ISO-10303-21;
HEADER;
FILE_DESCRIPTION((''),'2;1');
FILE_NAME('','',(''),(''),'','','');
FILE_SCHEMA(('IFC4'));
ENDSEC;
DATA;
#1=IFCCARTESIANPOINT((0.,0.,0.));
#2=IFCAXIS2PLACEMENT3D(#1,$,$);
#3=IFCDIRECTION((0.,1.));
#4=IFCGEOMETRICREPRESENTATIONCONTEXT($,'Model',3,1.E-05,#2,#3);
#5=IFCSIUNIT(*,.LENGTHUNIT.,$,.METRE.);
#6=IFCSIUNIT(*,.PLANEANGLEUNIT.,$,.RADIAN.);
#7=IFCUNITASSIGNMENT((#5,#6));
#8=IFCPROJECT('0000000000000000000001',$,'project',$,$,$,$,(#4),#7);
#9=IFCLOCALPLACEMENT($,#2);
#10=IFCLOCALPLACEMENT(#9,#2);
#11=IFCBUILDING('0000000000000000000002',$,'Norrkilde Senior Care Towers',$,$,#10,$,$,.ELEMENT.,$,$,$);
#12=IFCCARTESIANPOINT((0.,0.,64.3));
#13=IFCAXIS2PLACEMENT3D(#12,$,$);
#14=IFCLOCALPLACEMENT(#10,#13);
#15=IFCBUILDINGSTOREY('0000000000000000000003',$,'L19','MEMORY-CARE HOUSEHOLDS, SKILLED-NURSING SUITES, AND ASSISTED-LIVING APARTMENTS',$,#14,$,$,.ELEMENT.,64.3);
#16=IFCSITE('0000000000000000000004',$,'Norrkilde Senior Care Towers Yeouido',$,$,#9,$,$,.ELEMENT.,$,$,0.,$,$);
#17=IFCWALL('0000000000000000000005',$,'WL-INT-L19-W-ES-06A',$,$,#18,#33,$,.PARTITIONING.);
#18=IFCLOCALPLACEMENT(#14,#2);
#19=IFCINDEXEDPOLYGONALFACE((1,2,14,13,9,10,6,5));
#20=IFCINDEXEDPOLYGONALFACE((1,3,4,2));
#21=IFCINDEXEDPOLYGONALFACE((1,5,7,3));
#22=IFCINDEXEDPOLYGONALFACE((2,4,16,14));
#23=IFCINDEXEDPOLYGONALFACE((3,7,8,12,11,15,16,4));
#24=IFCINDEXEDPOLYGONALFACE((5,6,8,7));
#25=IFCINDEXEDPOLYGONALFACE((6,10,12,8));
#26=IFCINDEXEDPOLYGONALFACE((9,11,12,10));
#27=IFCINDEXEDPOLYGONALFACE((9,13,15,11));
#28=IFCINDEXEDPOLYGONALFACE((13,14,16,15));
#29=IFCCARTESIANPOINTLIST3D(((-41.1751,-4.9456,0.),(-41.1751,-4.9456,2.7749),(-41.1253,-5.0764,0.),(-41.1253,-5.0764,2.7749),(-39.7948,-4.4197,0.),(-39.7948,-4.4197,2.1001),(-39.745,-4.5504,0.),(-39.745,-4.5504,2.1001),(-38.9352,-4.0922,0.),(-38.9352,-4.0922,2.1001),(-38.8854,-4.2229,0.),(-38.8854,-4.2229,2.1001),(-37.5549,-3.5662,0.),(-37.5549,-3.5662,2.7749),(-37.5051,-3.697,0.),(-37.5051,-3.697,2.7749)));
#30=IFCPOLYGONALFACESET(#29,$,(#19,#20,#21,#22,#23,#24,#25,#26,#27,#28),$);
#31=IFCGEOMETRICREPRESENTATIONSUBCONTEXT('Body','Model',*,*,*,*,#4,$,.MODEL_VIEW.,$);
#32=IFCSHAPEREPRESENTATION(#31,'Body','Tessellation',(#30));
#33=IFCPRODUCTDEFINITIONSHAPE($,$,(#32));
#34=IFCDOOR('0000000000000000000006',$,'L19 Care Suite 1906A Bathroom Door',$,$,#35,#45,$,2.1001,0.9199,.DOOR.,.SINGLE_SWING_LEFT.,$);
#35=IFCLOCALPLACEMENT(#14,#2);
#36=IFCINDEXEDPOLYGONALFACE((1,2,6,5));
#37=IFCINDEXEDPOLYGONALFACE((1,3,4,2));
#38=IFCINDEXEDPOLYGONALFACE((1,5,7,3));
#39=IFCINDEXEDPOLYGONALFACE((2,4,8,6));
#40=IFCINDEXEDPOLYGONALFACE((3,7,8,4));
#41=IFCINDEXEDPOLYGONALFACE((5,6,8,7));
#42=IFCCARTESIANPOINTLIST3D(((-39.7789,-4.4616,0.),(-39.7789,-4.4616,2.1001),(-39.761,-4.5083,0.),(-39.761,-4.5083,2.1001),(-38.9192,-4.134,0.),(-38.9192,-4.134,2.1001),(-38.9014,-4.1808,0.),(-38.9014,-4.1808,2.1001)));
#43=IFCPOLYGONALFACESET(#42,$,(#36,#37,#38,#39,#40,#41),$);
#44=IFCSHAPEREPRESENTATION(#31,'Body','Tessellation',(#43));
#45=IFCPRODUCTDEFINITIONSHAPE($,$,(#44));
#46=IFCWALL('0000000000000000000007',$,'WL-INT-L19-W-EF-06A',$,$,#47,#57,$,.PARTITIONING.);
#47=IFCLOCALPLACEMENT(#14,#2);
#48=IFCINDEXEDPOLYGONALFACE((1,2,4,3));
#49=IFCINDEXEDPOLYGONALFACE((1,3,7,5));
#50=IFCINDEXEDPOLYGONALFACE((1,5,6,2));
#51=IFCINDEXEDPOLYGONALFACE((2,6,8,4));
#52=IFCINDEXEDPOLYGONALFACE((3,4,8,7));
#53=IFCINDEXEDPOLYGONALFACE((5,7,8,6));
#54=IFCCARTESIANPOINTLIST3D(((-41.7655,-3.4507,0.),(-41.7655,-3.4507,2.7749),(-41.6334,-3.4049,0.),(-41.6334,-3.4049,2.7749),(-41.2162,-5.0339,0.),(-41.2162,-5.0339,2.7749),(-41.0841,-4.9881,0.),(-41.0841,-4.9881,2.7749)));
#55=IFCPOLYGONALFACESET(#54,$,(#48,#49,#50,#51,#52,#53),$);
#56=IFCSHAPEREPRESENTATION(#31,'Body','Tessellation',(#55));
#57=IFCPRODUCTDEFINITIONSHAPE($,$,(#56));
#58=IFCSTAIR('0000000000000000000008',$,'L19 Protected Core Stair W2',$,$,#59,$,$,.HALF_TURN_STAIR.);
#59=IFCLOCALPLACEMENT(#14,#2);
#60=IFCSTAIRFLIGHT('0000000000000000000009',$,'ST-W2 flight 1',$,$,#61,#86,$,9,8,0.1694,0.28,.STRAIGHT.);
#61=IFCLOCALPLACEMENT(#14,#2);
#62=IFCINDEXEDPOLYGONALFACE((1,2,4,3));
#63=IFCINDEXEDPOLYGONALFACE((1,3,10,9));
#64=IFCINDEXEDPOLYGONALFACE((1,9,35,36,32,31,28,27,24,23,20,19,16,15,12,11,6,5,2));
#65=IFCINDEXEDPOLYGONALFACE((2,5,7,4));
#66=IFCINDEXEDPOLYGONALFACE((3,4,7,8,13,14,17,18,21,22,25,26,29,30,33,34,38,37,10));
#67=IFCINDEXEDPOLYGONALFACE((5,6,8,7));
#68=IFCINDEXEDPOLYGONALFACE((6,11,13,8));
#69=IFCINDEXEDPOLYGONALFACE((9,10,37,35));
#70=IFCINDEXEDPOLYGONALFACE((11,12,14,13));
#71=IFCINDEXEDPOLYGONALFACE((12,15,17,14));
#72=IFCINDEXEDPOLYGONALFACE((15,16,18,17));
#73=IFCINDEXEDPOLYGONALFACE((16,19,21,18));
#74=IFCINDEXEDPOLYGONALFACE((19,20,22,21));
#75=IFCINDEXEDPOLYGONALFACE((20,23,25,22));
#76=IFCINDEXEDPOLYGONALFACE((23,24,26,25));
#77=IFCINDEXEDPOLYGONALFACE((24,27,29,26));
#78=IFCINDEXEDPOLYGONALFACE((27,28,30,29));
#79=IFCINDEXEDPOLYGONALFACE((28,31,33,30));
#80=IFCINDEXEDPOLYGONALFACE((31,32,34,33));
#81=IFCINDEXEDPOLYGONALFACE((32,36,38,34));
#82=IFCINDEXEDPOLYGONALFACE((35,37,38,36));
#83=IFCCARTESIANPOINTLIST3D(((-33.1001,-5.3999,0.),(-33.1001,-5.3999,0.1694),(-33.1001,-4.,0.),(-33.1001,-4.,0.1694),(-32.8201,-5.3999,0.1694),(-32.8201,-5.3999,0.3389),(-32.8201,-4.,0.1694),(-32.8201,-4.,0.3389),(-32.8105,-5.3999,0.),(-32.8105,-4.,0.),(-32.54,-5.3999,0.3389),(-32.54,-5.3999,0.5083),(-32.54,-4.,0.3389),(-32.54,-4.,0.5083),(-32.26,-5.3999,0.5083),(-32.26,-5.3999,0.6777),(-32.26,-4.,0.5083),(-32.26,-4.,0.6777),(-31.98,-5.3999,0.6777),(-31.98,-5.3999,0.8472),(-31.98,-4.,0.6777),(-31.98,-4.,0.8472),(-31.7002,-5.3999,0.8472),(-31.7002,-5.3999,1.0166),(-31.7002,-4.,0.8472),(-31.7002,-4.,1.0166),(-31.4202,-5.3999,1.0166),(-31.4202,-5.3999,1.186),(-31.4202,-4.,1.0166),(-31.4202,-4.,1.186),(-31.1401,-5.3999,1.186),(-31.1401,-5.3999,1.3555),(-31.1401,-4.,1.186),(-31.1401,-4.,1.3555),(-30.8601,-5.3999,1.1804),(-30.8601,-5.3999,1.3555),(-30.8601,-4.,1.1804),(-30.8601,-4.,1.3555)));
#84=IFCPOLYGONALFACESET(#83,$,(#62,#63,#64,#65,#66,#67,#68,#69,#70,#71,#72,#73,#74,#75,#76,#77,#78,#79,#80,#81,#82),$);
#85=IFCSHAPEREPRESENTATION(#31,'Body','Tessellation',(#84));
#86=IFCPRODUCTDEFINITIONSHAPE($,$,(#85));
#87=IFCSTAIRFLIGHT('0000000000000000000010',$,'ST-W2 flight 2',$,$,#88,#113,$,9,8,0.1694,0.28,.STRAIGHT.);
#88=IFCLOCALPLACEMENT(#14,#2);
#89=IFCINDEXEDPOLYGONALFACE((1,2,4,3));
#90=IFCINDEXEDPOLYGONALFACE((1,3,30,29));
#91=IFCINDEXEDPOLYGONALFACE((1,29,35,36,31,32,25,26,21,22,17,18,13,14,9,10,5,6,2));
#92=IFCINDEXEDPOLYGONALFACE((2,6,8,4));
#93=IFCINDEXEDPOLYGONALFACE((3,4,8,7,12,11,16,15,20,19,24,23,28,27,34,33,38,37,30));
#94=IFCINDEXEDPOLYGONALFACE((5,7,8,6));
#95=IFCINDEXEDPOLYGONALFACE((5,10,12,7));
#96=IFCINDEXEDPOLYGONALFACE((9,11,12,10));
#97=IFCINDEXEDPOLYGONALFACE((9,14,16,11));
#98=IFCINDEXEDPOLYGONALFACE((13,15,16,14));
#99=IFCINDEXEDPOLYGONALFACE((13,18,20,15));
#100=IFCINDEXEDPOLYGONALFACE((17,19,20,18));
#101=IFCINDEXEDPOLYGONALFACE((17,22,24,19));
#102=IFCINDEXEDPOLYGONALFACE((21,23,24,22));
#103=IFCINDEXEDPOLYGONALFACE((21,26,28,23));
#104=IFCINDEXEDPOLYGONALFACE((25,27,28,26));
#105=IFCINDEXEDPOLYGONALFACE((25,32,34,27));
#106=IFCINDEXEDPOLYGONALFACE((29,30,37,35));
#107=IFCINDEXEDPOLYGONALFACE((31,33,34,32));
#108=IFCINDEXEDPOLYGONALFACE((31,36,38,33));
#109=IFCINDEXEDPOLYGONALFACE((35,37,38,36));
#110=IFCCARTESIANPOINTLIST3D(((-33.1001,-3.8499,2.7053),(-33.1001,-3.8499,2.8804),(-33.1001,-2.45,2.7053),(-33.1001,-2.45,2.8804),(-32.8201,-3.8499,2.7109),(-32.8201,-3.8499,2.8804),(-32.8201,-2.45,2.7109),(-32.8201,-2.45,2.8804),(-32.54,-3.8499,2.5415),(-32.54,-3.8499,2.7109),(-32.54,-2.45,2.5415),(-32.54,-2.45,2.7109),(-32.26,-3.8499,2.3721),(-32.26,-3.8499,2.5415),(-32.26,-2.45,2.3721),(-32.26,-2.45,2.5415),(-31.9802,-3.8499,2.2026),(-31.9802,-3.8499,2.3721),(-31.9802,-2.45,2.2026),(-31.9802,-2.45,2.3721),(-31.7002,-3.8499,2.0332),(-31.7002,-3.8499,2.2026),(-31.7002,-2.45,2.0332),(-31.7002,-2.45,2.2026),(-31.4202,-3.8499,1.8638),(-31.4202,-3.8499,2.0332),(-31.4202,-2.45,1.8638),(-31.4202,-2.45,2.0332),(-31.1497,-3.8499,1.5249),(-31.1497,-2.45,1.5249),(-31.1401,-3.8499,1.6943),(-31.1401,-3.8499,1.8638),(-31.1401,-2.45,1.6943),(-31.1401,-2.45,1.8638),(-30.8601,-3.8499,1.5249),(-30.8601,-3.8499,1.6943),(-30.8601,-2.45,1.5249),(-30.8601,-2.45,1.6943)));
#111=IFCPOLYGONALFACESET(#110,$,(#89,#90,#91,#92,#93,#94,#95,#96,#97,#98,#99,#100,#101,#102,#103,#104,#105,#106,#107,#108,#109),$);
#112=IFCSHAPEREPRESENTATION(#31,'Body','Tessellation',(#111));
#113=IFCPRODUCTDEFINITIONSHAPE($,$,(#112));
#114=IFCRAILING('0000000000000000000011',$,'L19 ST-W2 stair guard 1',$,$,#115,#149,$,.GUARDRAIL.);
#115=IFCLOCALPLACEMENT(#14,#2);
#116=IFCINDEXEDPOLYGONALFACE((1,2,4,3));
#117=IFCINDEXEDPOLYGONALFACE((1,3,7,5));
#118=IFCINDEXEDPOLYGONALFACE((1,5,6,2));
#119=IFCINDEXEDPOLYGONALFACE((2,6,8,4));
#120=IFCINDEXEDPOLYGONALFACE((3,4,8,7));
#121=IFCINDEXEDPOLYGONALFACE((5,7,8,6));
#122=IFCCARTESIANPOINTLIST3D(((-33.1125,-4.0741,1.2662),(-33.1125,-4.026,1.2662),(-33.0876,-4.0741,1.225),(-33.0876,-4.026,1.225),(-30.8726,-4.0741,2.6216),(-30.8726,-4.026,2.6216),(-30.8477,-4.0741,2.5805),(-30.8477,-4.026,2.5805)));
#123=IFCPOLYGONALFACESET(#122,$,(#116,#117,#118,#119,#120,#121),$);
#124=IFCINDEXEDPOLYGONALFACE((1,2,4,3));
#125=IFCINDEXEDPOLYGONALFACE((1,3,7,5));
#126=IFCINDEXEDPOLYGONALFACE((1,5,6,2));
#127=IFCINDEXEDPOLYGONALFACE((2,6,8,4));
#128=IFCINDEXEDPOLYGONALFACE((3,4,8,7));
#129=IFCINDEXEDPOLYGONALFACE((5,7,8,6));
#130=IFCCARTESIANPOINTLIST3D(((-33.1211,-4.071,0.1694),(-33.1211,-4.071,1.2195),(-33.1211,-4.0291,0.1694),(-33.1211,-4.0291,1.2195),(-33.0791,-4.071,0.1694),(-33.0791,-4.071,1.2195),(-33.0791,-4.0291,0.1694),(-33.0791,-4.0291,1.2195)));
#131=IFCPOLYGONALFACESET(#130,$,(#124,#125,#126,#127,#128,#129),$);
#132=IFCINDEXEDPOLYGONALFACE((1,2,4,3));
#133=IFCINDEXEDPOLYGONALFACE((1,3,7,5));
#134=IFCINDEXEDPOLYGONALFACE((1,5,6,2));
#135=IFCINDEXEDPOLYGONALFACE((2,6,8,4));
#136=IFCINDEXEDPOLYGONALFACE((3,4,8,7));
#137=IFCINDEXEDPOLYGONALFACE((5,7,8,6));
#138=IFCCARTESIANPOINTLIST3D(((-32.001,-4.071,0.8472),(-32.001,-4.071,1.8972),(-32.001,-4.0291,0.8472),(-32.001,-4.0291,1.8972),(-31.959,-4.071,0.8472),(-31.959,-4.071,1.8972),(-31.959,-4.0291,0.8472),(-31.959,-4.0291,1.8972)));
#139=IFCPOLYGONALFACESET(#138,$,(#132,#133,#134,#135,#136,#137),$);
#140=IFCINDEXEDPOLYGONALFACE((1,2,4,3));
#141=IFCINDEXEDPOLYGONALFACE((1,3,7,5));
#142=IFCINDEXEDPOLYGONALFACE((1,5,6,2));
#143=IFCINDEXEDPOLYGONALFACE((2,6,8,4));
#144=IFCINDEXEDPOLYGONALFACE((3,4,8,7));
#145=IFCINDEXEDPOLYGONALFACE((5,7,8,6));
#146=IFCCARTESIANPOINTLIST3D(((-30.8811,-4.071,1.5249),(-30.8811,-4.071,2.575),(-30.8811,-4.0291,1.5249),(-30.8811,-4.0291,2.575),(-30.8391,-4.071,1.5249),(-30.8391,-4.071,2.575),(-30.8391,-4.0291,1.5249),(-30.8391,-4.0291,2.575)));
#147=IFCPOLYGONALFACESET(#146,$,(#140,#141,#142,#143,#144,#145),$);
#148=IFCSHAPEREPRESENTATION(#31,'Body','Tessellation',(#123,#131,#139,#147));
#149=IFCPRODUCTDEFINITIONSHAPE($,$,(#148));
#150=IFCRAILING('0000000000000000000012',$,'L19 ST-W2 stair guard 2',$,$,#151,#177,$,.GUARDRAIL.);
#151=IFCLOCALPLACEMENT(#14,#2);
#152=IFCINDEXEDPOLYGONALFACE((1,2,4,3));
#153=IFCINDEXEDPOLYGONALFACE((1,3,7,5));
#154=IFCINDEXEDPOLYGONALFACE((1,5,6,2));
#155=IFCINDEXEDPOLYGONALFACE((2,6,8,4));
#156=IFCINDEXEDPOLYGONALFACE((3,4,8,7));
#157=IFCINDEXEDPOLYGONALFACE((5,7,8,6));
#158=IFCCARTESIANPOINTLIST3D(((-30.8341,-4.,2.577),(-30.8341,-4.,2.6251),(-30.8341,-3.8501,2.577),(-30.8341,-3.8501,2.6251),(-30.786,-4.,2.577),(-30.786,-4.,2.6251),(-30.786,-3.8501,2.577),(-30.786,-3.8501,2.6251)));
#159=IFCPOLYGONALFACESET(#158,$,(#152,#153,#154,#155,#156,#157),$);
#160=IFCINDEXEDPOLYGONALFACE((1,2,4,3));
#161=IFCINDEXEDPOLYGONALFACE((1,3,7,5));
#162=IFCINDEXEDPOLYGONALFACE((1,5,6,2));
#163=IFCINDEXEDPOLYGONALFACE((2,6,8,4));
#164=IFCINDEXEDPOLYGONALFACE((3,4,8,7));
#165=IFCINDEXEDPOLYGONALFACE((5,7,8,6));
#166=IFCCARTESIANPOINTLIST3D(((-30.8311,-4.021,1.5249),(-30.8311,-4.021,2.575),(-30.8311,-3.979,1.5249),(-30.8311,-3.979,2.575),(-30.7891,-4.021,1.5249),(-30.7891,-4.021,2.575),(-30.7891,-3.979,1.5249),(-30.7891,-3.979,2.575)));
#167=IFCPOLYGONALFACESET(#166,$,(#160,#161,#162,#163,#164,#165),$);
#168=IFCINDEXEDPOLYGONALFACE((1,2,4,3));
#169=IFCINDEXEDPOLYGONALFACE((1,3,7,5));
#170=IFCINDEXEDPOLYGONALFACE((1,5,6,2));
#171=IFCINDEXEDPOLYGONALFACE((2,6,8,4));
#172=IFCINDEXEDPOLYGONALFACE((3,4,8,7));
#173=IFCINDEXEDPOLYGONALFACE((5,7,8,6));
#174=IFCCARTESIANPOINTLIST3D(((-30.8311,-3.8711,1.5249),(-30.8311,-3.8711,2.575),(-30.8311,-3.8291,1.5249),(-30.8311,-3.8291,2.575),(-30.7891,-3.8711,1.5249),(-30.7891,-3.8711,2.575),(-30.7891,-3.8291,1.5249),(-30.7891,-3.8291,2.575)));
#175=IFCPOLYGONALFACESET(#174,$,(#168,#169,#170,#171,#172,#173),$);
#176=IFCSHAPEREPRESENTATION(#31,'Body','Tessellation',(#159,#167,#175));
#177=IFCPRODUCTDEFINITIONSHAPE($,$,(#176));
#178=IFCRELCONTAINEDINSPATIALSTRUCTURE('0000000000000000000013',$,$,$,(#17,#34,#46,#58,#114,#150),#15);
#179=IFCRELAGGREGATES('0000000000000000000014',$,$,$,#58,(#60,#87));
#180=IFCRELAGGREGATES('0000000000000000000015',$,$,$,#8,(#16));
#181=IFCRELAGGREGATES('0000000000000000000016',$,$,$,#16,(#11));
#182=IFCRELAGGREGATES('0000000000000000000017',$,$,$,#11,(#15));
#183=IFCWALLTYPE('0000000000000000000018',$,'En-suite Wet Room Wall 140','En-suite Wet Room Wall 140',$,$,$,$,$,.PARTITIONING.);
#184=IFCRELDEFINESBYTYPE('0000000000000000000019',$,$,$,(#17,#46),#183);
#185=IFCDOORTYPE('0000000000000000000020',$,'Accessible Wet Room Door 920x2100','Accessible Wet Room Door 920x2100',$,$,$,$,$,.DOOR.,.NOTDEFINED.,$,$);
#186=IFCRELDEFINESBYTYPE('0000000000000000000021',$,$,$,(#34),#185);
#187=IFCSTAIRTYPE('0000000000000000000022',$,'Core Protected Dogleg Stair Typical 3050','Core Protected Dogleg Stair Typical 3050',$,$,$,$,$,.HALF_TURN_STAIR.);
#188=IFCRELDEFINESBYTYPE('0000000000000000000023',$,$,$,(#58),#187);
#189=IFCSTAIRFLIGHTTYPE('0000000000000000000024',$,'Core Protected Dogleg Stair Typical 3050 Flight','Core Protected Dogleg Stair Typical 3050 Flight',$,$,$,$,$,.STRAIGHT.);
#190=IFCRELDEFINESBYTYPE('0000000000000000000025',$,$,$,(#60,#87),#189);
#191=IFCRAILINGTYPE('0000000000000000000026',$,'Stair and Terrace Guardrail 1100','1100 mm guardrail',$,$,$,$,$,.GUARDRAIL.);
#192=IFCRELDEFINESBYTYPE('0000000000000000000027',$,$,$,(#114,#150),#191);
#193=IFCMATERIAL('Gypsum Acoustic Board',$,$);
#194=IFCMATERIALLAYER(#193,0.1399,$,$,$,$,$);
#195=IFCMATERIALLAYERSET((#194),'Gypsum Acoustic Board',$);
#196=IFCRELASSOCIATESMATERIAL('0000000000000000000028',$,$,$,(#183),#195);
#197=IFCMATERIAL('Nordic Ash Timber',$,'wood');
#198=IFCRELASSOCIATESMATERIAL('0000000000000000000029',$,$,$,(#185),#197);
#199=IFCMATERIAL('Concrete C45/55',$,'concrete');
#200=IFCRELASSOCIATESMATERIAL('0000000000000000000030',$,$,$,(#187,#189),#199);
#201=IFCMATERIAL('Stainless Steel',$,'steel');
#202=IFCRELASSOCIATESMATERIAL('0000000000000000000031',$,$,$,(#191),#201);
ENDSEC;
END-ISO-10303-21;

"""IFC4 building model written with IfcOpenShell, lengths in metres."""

from ifc_helpers import new_model, si_unit, direction, frame, frame_2d, origin, origin_2d, place, context, subcontext, project, spatial, polyline, rectangle, outline, extrude, source, transform, mapped, material, layer, layer_set, type_object, type_shapes, element, fill, aggregate, save


model = new_model("IFC4")

# Units and contexts
model_context = context("Model", 3, precision=1e-05, world=origin(), true_north=direction((0.0, 1.0)))
body_context = subcontext(model_context, "Body", "Model", "MODEL_VIEW")
ifc_project = project(units=[si_unit("LENGTHUNIT", "METRE"), si_unit("PLANEANGLEUNIT", "RADIAN")], contexts=[model_context])

# Site, building, storey
site_placement = place(None, origin())
site = spatial("IfcSite", under=ifc_project, at=site_placement, Name="Norrkilde Senior Care Towers Yeouido", CompositionType="ELEMENT", RefElevation=0.0)
building_placement = place(site_placement, origin())
building = spatial("IfcBuilding", under=site, at=building_placement, Name="Norrkilde Senior Care Towers", CompositionType="ELEMENT")
storey_placement = place(building_placement, frame((0.0, 0.0, 64.3)))
storey = spatial("IfcBuildingStorey", under=building, at=storey_placement, Name="L19", Description="MEMORY-CARE HOUSEHOLDS, SKILLED-NURSING SUITES, AND ASSISTED-LIVING APARTMENTS", CompositionType="ELEMENT", Elevation=64.3)

# Shared definitions
ifc_material_1 = material(Name="Concrete C45/55", Category="concrete")
ifc_material_2 = material(Name="Stainless Steel", Category="steel")

# Shared definitions
ifc_material_3 = material(Name="Gypsum Acoustic Board")

# Wall, opening, door
ifc_layer_1 = layer(ifc_material_3, 0.1399)
ifc_layer_set_1 = layer_set([ifc_layer_1], Name="Gypsum Acoustic Board")
wall_type_1 = type_object("IfcWallType", Name="En-suite Wet Room Wall 140", Description="En-suite Wet Room Wall 140", PredefinedType="PARTITIONING", material=ifc_layer_set_1)
shared_shape_1 = source(origin(), body_context, "Body", "SweptSolid", [
    extrude(rectangle(XDim=3.874, YDim=0.1399, at=frame_2d((1.937, 0.0))), origin(), (0.0, 0.0, 1.0), 2.7749),
])
wall_1_placement = place(storey_placement, frame((-37.53, -3.6316, 0.0), z_axis=(0.0, 0.0, 1.0), x_axis=(-0.934462, -0.356063, 0.0)))
wall_1 = element("IfcWall", 1, at=wall_1_placement, inside=storey, type_object=wall_type_1, Name="WL-INT-L19-W-ES-06A", PredefinedType="PARTITIONING", context=body_context, shape_type="MappedRepresentation", body=[
    mapped(shared_shape_1, transform((0.0, 0.0, 0.0), x_axis=(1.0, 0.0, 0.0), y_axis=(0.0, 1.0, 0.0), z_axis=(0.0, 0.0, 1.0), scale=1.0)),
])
opening_1_placement = place(wall_1_placement, frame((1.4771, 0.0, 0.0)))
opening_1 = element("IfcOpeningElement", 2, at=opening_1_placement, cuts=wall_1, PredefinedType="OPENING", context=body_context, shape_type="SweptSolid", body=[
    extrude(rectangle(XDim=0.9199, YDim=2.1001, at=frame_2d((0.46, 1.05))), frame((0.0, 0.0798, 0.0), z_axis=(0.0, -1.0, 0.0), x_axis=(1.0, 0.0, 0.0)), (0.0, 0.0, 1.0), 0.1599),
])
ifc_material_4 = material(Name="Nordic Ash Timber", Category="wood")
door_type_1 = type_object("IfcDoorType", Name="Accessible Wet Room Door 920x2100", Description="Accessible Wet Room Door 920x2100", OperationType="NOTDEFINED", PredefinedType="DOOR", material=ifc_material_4)
shared_shape_2 = source(origin(), body_context, "Body", "SweptSolid", [
    extrude(rectangle(XDim=0.9199, YDim=2.1001, at=frame_2d((0.46, 1.05))), frame((0.0, 0.0249, 0.0), z_axis=(0.0, -1.0, 0.0), x_axis=(1.0, 0.0, 0.0)), (0.0, 0.0, 1.0), 0.05),
])
type_shapes(door_type_1, [shared_shape_2])
door_1_placement = place(opening_1_placement, origin())
door_1 = element("IfcDoor", 3, at=door_1_placement, inside=storey, type_object=door_type_1, Name="L19 Care Suite 1906A Bathroom Door", OperationType="SINGLE_SWING_LEFT", OverallHeight=2.1001, OverallWidth=0.9199, PredefinedType="DOOR", context=body_context, shape_type="MappedRepresentation", body=[
    mapped(shared_shape_2, transform((0.0, 0.0, 0.0), x_axis=(1.0, 0.0, 0.0), y_axis=(0.0, 1.0, 0.0), z_axis=(0.0, 0.0, 1.0), scale=1.0)),
])
fill(opening_1, door_1)

# Wall
shared_shape_3 = source(origin(), body_context, "Body", "SweptSolid", [
    extrude(rectangle(XDim=1.6758, YDim=0.1399, at=frame_2d((0.8379, 0.0))), origin(), (0.0, 0.0, 1.0), 2.7749),
])
type_shapes(wall_type_1, [shared_shape_1, shared_shape_3])
wall_2_placement = place(storey_placement, frame((-41.1501, -5.011, 0.0), z_axis=(0.0, 0.0, 1.0), x_axis=(-0.327786, 0.944752, 0.0)))
element("IfcWall", 4, at=wall_2_placement, inside=storey, type_object=wall_type_1, Name="WL-INT-L19-W-EF-06A", PredefinedType="PARTITIONING", context=body_context, shape_type="MappedRepresentation", body=[
    mapped(shared_shape_3, transform((0.0, 0.0, 0.0), x_axis=(1.0, 0.0, 0.0), y_axis=(0.0, 1.0, 0.0), z_axis=(0.0, 0.0, 1.0), scale=1.0)),
])

# Stair, stair flights
stair_type = type_object("IfcStairType", Name="Core Protected Dogleg Stair Typical 3050", Description="Core Protected Dogleg Stair Typical 3050", PredefinedType="HALF_TURN_STAIR", material=ifc_material_1)
stair_placement = place(storey_placement, origin())
stair = element("IfcStair", 5, at=stair_placement, inside=storey, type_object=stair_type, Name="L19 Protected Core Stair W2", PredefinedType="HALF_TURN_STAIR")
stair_flight_type = type_object("IfcStairFlightType", Name="Core Protected Dogleg Stair Typical 3050 Flight", Description="Core Protected Dogleg Stair Typical 3050 Flight", PredefinedType="STRAIGHT", material=ifc_material_1)
stair_flight_1_placement = place(storey_placement, frame((-33.1001, -4.7, 0.0), z_axis=(0.0, 0.0, 1.0), x_axis=(1.0, 0.0, 0.0)))
stair_flight_1 = element("IfcStairFlight", 6, at=stair_flight_1_placement, type_object=stair_flight_type, Name="ST-W2 flight 1", NumberOfRisers=9, NumberOfTreads=8, PredefinedType="STRAIGHT", RiserHeight=0.1694, TreadLength=0.28, context=body_context, shape_type="SweptSolid", body=[
    extrude(outline(polyline([(0.0, 0.0), (0.0, 0.1694), (0.28, 0.1694), (0.28, 0.3389), (0.5601, 0.3389), (0.5601, 0.5083), (0.8401, 0.5083), (0.8401, 0.6777), (1.1201, 0.6777), (1.1201, 0.8472), (1.3999, 0.8472), (1.3999, 1.0166), (1.6799, 1.0166), (1.6799, 1.186), (1.96, 1.186), (1.96, 1.3555), (2.24, 1.3555), (2.24, 1.5249), (2.24, 1.1804), (0.2896, 0.0), (0.0, 0.0)])), frame((0.0, 0.7, 0.0), z_axis=(0.0, -1.0, 0.0), x_axis=(1.0, 0.0, 0.0)), (0.0, 0.0, 1.0), 1.3999),
])
stair_flight_2_placement = place(storey_placement, frame((-30.8601, -3.1499, 1.5249), z_axis=(0.0, 0.0, 1.0), x_axis=(-1.0, 0.0, 0.0)))
stair_flight_2 = element("IfcStairFlight", 7, at=stair_flight_2_placement, type_object=stair_flight_type, Name="ST-W2 flight 2", NumberOfRisers=9, NumberOfTreads=8, PredefinedType="STRAIGHT", RiserHeight=0.1694, TreadLength=0.28, context=body_context, shape_type="SweptSolid", body=[
    extrude(outline(polyline([(0.0, 0.0), (0.0, 0.1694), (0.28, 0.1694), (0.28, 0.3389), (0.5601, 0.3389), (0.5601, 0.5083), (0.8401, 0.5083), (0.8401, 0.6777), (1.1201, 0.6777), (1.1201, 0.8472), (1.3999, 0.8472), (1.3999, 1.0166), (1.6799, 1.0166), (1.6799, 1.186), (1.96, 1.186), (1.96, 1.3555), (2.24, 1.3555), (2.24, 1.5249), (2.24, 1.1804), (0.2896, 0.0), (0.0, 0.0)])), frame((0.0, 0.7, 0.0), z_axis=(0.0, -1.0, 0.0), x_axis=(1.0, 0.0, 0.0)), (0.0, 0.0, 1.0), 1.3999),
])
aggregate(stair, [stair_flight_1, stair_flight_2])

# Railings
railing_type_1 = type_object("IfcRailingType", Name="Stair and Terrace Guardrail 1100", Description="1100 mm guardrail", PredefinedType="GUARDRAIL", material=ifc_material_2)
railing_1_placement = place(storey_placement, frame((-33.1001, -4.05, 0.1694)))
element("IfcRailing", 8, at=railing_1_placement, inside=storey, type_object=railing_type_1, Name="L19 ST-W2 stair guard 1", PredefinedType="GUARDRAIL", context=body_context, shape_type="SweptSolid", body=[
    extrude(rectangle(XDim=0.0481, YDim=0.0481, at=origin_2d()), frame((0.0, 0.0, 1.0762), z_axis=(0.855553, 0.0, 0.517715), x_axis=(0.0, 1.0, 0.0)), (0.0, 0.0, 1.0), 2.6182),
    extrude(rectangle(XDim=0.042, YDim=0.042, at=origin_2d()), origin(), (0.0, 0.0, 1.0), 1.05),
    extrude(rectangle(XDim=0.042, YDim=0.042, at=origin_2d()), frame((1.1201, 0.0, 0.6777)), (0.0, 0.0, 1.0), 1.05),
    extrude(rectangle(XDim=0.042, YDim=0.042, at=origin_2d()), frame((2.24, 0.0, 1.3555)), (0.0, 0.0, 1.0), 1.05),
])
railing_2_placement = place(storey_placement, frame((-30.8101, -4.0, 1.5249)))
element("IfcRailing", 9, at=railing_2_placement, inside=storey, type_object=railing_type_1, Name="L19 ST-W2 stair guard 2", PredefinedType="GUARDRAIL", context=body_context, shape_type="SweptSolid", body=[
    extrude(rectangle(XDim=0.0481, YDim=0.0481, at=origin_2d()), frame((0.0, 0.0, 1.0762), z_axis=(0.0, 1.0, 0.0), x_axis=(-1.0, 0.0, 0.0)), (0.0, 0.0, 1.0), 0.1499),
    extrude(rectangle(XDim=0.042, YDim=0.042, at=origin_2d()), origin(), (0.0, 0.0, 1.0), 1.05),
    extrude(rectangle(XDim=0.042, YDim=0.042, at=origin_2d()), frame((0.0, 0.1499, 0.0)), (0.0, 0.0, 1.0), 1.05),
])

save(model, "model.ifc")
